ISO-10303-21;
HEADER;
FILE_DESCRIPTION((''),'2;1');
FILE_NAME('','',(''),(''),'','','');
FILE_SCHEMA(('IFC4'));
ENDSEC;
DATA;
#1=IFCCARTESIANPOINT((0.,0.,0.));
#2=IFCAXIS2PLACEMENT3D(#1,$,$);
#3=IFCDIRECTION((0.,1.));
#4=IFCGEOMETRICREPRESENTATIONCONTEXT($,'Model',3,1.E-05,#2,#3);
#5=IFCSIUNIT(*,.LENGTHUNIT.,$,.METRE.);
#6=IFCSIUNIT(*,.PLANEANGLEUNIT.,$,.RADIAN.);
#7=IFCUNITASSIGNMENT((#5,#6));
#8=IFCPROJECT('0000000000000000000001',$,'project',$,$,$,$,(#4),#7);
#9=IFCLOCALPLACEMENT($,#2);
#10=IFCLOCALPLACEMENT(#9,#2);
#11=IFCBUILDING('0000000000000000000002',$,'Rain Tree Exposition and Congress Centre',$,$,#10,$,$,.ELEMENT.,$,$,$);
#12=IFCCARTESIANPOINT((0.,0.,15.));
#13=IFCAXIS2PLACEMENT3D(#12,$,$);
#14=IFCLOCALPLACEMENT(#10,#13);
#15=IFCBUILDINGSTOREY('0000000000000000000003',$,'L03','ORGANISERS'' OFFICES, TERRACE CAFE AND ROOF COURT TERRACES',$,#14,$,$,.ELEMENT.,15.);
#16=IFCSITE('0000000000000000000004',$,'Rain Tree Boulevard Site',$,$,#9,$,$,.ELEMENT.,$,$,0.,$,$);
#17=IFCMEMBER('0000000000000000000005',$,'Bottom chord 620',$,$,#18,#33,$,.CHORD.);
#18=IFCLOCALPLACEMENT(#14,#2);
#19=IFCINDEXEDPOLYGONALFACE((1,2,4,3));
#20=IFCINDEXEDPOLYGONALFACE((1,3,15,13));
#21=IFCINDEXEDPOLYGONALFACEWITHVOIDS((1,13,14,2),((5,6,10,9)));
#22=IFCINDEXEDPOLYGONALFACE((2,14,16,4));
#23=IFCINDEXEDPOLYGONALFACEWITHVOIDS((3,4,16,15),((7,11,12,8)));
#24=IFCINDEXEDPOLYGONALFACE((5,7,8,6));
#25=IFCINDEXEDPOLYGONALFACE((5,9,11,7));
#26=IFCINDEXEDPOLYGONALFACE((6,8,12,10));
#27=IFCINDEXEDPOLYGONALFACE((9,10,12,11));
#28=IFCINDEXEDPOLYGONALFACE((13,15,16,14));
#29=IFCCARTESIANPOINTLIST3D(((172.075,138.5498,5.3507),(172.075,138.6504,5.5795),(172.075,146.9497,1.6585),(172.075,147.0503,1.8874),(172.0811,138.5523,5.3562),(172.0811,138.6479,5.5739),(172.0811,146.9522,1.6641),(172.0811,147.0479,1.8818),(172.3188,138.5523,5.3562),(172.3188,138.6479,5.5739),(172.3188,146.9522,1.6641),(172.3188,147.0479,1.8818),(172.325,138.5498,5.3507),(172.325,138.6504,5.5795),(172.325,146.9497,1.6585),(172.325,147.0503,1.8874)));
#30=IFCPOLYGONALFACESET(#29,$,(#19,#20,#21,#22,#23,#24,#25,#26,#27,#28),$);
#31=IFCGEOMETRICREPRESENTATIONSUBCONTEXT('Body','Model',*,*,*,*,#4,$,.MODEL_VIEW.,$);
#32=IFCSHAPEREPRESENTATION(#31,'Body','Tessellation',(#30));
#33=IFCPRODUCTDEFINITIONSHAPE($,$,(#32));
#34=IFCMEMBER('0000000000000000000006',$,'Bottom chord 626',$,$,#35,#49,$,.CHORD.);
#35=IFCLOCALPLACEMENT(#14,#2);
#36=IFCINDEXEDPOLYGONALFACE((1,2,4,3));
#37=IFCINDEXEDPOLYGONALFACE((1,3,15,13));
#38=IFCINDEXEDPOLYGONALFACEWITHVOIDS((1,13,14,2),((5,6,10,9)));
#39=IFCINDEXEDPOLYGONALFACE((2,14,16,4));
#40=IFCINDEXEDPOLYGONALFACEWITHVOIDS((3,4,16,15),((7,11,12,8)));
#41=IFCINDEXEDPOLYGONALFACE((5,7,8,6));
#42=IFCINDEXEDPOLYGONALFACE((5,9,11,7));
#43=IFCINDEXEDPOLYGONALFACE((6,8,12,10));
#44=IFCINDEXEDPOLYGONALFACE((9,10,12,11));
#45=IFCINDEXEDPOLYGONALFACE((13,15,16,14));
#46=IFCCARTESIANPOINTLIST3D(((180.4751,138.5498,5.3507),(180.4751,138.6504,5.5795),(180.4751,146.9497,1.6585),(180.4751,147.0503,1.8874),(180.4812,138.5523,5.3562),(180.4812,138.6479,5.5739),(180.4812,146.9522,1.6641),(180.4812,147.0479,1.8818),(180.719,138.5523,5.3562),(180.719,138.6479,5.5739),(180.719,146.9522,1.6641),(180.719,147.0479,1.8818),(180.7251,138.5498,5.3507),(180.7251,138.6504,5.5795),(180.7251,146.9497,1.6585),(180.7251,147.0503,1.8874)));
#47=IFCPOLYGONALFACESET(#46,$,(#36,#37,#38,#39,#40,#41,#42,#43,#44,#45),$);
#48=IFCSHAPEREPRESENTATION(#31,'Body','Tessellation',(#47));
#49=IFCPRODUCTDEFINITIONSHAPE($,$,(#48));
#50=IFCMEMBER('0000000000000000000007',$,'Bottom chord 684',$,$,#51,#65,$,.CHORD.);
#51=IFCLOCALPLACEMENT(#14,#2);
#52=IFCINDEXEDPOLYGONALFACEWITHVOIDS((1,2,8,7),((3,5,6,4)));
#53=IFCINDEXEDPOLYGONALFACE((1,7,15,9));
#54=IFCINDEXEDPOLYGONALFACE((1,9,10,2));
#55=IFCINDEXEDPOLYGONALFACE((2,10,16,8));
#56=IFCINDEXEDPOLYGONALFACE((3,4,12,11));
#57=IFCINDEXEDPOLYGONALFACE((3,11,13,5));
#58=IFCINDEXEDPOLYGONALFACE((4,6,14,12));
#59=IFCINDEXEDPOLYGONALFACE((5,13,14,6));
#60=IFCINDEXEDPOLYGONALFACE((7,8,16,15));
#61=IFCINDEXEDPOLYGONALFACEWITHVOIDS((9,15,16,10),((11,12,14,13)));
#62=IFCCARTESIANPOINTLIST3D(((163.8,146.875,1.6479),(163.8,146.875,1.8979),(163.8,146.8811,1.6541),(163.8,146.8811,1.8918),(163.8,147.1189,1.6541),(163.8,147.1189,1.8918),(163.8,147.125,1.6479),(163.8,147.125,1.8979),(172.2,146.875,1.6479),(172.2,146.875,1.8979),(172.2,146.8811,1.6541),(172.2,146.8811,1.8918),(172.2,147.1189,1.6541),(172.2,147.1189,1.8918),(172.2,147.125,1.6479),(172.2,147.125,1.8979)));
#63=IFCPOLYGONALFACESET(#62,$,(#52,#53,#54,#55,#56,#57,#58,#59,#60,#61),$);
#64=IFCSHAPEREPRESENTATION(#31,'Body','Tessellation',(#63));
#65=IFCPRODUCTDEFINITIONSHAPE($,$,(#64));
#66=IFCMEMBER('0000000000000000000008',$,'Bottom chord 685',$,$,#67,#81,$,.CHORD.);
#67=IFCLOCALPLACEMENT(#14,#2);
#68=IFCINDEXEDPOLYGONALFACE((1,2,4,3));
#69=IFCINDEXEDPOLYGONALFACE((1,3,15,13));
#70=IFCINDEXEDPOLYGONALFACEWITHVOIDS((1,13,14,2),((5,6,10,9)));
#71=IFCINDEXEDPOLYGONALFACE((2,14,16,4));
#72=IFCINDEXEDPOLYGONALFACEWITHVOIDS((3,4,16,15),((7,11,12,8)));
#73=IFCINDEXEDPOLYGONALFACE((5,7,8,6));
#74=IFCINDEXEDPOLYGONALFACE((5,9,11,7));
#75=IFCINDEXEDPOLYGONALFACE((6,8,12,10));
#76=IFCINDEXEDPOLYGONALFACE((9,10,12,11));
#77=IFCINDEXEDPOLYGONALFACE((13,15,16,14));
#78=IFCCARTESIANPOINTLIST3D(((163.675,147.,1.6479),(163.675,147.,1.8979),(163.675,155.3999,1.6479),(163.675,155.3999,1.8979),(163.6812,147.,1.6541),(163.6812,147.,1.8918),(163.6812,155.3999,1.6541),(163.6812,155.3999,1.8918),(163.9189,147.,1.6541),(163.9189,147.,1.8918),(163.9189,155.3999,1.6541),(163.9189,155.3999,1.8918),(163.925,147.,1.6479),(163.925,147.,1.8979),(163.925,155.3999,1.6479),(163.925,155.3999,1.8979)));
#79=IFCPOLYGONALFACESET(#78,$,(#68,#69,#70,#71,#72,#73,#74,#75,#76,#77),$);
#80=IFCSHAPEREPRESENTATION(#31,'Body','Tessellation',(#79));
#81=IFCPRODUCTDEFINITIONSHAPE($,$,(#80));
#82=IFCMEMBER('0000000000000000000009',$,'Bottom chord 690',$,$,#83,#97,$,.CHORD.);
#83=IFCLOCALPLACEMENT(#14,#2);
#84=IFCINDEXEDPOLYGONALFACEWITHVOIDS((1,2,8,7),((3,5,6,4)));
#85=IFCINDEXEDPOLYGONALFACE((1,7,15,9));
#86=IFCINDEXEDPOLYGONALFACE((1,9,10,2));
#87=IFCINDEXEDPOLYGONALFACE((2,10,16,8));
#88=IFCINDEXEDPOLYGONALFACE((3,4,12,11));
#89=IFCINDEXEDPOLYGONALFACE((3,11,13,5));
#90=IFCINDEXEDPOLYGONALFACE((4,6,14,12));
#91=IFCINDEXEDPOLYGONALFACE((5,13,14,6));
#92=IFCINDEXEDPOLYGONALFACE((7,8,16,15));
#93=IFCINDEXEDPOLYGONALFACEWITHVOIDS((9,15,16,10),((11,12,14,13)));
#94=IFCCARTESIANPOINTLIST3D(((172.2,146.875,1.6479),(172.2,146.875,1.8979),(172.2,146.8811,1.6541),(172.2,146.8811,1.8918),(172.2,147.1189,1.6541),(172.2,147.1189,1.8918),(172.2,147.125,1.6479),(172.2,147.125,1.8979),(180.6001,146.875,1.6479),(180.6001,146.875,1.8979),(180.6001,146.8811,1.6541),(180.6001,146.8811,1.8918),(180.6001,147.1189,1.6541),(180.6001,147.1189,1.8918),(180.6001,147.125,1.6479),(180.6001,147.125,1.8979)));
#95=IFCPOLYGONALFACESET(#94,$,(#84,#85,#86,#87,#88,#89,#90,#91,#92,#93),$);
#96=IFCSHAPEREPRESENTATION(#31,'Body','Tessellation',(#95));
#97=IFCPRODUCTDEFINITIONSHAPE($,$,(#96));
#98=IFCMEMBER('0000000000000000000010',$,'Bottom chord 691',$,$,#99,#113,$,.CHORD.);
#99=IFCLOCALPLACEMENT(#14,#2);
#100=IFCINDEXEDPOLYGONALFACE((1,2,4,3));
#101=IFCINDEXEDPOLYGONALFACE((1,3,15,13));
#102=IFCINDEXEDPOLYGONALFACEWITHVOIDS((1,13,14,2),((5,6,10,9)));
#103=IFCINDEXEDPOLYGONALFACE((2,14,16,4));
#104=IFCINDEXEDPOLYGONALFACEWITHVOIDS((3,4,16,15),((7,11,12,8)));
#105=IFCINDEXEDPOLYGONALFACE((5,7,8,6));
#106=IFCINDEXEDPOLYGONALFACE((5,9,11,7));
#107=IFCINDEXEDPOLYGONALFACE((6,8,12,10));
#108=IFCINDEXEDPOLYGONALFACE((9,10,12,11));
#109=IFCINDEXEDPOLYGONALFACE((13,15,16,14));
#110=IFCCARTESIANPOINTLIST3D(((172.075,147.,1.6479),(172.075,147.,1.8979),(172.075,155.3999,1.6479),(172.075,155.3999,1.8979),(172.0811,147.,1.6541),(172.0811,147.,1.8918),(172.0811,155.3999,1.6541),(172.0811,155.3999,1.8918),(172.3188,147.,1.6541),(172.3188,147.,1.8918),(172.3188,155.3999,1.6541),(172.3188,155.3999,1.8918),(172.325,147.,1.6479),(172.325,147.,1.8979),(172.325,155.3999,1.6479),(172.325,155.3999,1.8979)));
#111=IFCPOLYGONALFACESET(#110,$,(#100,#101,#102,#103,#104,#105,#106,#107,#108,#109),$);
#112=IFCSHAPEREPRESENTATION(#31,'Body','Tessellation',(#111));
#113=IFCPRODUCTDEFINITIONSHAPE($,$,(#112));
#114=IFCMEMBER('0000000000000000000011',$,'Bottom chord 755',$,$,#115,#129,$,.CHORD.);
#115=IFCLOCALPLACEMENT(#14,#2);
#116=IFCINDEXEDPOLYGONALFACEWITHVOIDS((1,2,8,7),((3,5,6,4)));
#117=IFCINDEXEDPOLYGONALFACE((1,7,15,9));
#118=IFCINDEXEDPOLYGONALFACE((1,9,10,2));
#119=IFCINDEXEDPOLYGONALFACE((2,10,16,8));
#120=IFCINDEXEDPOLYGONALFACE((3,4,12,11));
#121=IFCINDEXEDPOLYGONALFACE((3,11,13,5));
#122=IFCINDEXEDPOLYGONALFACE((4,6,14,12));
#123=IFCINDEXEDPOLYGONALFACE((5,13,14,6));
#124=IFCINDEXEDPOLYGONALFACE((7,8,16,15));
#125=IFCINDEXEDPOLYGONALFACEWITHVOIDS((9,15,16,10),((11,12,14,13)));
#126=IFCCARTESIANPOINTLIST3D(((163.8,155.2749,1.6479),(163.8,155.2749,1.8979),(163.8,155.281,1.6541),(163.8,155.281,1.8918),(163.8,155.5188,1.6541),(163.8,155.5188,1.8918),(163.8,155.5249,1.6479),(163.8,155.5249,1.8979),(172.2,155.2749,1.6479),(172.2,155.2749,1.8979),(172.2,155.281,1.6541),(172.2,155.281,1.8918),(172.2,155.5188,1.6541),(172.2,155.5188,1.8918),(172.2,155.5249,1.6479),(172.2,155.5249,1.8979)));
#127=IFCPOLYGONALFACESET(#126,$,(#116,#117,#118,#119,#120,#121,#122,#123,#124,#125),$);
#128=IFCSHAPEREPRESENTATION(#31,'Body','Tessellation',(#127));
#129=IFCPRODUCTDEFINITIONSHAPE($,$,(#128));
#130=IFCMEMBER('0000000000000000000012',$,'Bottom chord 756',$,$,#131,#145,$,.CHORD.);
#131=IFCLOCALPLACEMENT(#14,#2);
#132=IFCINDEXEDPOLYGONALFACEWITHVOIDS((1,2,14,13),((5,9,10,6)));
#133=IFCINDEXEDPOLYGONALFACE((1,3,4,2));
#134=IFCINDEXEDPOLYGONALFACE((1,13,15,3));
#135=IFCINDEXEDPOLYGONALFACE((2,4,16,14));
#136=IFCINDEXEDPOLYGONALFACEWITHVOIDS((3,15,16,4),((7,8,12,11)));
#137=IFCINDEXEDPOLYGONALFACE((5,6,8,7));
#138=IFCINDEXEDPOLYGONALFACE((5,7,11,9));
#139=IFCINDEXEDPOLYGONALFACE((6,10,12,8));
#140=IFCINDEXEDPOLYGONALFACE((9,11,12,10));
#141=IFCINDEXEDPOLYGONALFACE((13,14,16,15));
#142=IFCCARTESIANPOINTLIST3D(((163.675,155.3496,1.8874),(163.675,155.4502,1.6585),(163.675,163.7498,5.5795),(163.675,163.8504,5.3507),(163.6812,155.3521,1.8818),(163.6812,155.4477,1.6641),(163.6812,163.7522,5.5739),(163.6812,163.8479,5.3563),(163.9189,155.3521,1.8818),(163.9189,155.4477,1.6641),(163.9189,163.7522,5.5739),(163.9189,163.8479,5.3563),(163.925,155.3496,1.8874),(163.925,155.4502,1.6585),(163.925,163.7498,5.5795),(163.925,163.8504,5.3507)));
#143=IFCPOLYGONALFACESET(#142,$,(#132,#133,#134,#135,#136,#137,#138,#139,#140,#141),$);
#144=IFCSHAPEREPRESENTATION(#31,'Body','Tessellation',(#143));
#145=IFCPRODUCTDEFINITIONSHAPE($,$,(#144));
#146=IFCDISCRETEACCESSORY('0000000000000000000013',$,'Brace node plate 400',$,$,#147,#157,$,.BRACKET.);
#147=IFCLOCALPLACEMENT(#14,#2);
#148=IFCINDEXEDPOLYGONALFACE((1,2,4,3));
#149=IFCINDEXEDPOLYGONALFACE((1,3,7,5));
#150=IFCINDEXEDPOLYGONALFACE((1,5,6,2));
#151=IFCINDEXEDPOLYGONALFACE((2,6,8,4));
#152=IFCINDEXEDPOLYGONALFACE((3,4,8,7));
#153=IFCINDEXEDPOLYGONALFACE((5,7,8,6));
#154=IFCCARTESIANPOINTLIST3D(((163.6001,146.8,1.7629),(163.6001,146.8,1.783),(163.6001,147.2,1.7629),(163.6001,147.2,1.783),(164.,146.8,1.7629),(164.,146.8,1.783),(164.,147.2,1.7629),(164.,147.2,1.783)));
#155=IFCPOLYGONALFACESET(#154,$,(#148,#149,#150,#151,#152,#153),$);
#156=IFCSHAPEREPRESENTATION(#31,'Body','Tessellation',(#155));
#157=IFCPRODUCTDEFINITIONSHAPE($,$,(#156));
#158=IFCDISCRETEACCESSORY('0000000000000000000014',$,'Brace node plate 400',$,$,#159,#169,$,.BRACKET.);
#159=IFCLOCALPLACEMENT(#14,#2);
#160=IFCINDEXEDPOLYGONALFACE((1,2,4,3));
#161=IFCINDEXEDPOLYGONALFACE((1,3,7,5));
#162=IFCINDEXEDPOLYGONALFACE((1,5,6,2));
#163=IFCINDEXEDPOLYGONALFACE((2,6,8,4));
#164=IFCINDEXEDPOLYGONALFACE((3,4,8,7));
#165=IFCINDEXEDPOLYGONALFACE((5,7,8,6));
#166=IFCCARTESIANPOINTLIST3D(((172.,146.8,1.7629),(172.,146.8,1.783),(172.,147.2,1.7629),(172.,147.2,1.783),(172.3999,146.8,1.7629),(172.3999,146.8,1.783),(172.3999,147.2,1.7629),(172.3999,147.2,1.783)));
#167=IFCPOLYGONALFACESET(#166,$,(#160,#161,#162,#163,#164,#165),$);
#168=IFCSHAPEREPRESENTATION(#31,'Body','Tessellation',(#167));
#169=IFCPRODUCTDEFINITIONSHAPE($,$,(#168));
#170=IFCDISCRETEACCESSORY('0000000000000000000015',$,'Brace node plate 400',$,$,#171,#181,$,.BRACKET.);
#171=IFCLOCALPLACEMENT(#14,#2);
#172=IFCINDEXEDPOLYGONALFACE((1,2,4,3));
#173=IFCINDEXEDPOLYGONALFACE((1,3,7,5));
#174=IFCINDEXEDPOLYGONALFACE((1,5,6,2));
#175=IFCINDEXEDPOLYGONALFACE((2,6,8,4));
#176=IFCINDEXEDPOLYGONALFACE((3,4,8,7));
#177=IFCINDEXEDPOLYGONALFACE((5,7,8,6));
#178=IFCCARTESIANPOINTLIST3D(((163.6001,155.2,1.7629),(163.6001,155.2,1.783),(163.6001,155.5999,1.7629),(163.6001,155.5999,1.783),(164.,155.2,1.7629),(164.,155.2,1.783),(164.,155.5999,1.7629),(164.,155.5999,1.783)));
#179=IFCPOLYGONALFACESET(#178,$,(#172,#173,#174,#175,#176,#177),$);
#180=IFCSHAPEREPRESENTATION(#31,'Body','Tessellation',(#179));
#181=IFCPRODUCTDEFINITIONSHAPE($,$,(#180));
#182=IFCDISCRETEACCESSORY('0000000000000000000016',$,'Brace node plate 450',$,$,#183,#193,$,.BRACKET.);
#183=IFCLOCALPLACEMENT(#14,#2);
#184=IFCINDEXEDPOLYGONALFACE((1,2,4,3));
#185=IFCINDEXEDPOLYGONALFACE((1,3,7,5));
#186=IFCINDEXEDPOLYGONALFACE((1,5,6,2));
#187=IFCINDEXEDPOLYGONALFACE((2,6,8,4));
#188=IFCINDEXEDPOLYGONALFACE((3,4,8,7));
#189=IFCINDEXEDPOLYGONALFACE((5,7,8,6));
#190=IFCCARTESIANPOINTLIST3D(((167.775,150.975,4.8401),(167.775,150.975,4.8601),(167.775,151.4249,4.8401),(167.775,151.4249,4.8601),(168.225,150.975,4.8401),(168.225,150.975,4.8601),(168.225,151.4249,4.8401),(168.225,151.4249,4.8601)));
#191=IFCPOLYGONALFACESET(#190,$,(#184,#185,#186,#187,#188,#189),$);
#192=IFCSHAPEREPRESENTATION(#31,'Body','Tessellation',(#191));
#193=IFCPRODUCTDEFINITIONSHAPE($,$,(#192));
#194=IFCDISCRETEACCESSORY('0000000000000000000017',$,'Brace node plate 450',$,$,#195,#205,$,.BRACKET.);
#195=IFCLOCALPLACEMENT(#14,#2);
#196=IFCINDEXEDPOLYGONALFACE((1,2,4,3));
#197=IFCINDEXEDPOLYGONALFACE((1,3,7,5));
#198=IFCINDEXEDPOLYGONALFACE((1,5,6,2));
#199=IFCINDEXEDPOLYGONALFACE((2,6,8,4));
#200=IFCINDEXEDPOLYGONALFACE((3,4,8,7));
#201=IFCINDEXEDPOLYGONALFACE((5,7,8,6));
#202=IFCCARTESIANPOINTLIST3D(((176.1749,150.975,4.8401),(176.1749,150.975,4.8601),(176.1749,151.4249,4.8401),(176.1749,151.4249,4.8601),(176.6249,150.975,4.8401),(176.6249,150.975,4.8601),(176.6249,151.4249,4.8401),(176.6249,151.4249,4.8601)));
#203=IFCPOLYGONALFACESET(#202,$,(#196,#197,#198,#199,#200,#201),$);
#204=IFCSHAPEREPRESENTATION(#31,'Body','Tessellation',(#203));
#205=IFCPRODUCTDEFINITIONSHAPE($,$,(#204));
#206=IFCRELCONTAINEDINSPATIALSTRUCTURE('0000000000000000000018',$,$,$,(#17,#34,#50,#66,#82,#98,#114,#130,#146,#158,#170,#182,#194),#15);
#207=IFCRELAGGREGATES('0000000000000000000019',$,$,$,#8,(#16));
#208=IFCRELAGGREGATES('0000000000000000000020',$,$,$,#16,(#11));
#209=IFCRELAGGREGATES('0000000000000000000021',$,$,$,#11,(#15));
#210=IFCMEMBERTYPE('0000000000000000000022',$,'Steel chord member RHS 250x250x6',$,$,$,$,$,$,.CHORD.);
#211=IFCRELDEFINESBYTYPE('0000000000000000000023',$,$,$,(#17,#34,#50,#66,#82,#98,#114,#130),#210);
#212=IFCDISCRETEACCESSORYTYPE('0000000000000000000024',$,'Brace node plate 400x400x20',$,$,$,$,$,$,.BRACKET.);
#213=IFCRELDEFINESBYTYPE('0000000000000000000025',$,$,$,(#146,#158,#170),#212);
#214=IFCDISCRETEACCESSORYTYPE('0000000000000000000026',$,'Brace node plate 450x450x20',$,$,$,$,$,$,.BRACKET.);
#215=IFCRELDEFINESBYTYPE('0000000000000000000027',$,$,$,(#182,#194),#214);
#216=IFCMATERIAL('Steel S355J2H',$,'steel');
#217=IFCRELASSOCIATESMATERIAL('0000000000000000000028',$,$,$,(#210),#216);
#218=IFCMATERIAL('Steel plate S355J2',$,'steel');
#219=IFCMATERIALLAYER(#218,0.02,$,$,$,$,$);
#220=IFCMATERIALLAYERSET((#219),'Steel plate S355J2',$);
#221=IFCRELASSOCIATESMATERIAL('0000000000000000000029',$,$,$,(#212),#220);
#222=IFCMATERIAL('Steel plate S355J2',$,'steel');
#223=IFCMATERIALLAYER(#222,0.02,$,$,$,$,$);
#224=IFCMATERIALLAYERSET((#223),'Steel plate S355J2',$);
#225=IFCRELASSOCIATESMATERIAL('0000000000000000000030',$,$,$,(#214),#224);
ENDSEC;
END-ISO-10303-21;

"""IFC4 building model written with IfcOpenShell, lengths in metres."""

from ifc_helpers import new_model, si_unit, direction, frame, origin, origin_2d, place, context, subcontext, project, spatial, rectangle, hollow_rectangle, extrude, material, layer, layer_set, material_profile, profile_set, type_object, element, save


model = new_model("IFC4")

# Units and contexts
model_context = context("Model", 3, precision=1e-05, world=origin(), true_north=direction((0.0, 1.0)))
body_context = subcontext(model_context, "Body", "Model", "MODEL_VIEW")
ifc_project = project(units=[si_unit("LENGTHUNIT", "METRE"), si_unit("PLANEANGLEUNIT", "RADIAN")], contexts=[model_context])

# Site, building, storey
site_placement = place(None, origin())
site = spatial("IfcSite", under=ifc_project, at=site_placement, Name="Rain Tree Boulevard Site", CompositionType="ELEMENT", RefElevation=0.0)
building_placement = place(site_placement, origin())
building = spatial("IfcBuilding", under=site, at=building_placement, Name="Rain Tree Exposition and Congress Centre", CompositionType="ELEMENT")
storey_placement = place(building_placement, frame((0.0, 0.0, 15.0)))
storey = spatial("IfcBuildingStorey", under=building, at=storey_placement, Name="L03", Description="ORGANISERS' OFFICES, TERRACE CAFE AND ROOF COURT TERRACES", CompositionType="ELEMENT", Elevation=15.0)

# Members
ifc_material_1 = material(Name="Steel S355J2H", Category="steel")
ifc_material_profile_1 = material_profile(ifc_material_1, hollow_rectangle(XDim=0.25, YDim=0.25, WallThickness=0.0061, at=origin_2d()), Name="RHS 250x250x6")
ifc_profile_set_1 = profile_set([ifc_material_profile_1], Name="Steel S355J2H")
member_type_1 = type_object("IfcMemberType", Name="Steel chord member RHS 250x250x6", PredefinedType="CHORD", material=ifc_profile_set_1)
for number, where, z_axis, x_axis, name in (
    (1, (172.2, 138.6001, 5.4651), (0.0, 0.915468, -0.40239), (-1.0, 0.0, 0.0), "Bottom chord 620"),
    (2, (180.6001, 138.6001, 5.4651), (0.0, 0.915468, -0.40239), (-1.0, 0.0, 0.0), "Bottom chord 626"),
):
    element("IfcMember", number, at=place(storey_placement, frame(where, z_axis=z_axis, x_axis=x_axis)), inside=storey, type_object=member_type_1, Name=name, PredefinedType="CHORD", context=body_context, shape_type="SweptSolid", body=[
        extrude(hollow_rectangle(XDim=0.25, YDim=0.25, WallThickness=0.0061, at=origin_2d()), origin(), (0.0, 0.0, 1.0), 9.1755),
    ])
for number, where, z_axis, x_axis, name in (
    (3, (163.8, 147.0, 1.7729), (1.0, 0.0, 0.0), (0.0, 1.0, 0.0), "Bottom chord 684"),
    (4, (163.8, 147.0, 1.7729), (0.0, 1.0, 0.0), (-1.0, 0.0, 0.0), "Bottom chord 685"),
):
    element("IfcMember", number, at=place(storey_placement, frame(where, z_axis=z_axis, x_axis=x_axis)), inside=storey, type_object=member_type_1, Name=name, PredefinedType="CHORD", context=body_context, shape_type="SweptSolid", body=[
        extrude(hollow_rectangle(XDim=0.25, YDim=0.25, WallThickness=0.0061, at=origin_2d()), origin(), (0.0, 0.0, 1.0), 8.3999),
    ])
member_1_placement = place(storey_placement, frame((172.2, 147.0, 1.7729), z_axis=(1.0, 0.0, 0.0), x_axis=(0.0, 1.0, 0.0)))
element("IfcMember", 5, at=member_1_placement, inside=storey, type_object=member_type_1, Name="Bottom chord 690", PredefinedType="CHORD", context=body_context, shape_type="SweptSolid", body=[
    extrude(hollow_rectangle(XDim=0.25, YDim=0.25, WallThickness=0.0061, at=origin_2d()), origin(), (0.0, 0.0, 1.0), 8.4001),
])
for number, where, z_axis, x_axis, name in (
    (6, (172.2, 147.0, 1.7729), (0.0, 1.0, 0.0), (-1.0, 0.0, 0.0), "Bottom chord 691"),
    (7, (163.8, 155.3999, 1.7729), (1.0, 0.0, 0.0), (0.0, 1.0, 0.0), "Bottom chord 755"),
):
    element("IfcMember", number, at=place(storey_placement, frame(where, z_axis=z_axis, x_axis=x_axis)), inside=storey, type_object=member_type_1, Name=name, PredefinedType="CHORD", context=body_context, shape_type="SweptSolid", body=[
        extrude(hollow_rectangle(XDim=0.25, YDim=0.25, WallThickness=0.0061, at=origin_2d()), origin(), (0.0, 0.0, 1.0), 8.3999),
    ])
member_2_placement = place(storey_placement, frame((163.8, 155.3999, 1.7729), z_axis=(0.0, 0.915473, 0.40238), x_axis=(-1.0, 0.0, 0.0)))
element("IfcMember", 8, at=member_2_placement, inside=storey, type_object=member_type_1, Name="Bottom chord 756", PredefinedType="CHORD", context=body_context, shape_type="SweptSolid", body=[
    extrude(hollow_rectangle(XDim=0.25, YDim=0.25, WallThickness=0.0061, at=origin_2d()), origin(), (0.0, 0.0, 1.0), 9.1758),
])

# Discrete accessories
ifc_material_2 = material(Name="Steel plate S355J2", Category="steel")
ifc_layer_1 = layer(ifc_material_2, 0.02)
ifc_layer_set_1 = layer_set([ifc_layer_1], Name="Steel plate S355J2")
discrete_accessory_type_1 = type_object("IfcDiscreteAccessoryType", Name="Brace node plate 400x400x20", PredefinedType="BRACKET", material=ifc_layer_set_1)
for number, where, z_axis, x_axis, name in (
    (9, (163.8, 147.0, 1.7629), (0.0, 0.0, 1.0), (1.0, 0.0, 0.0), "Brace node plate 400"),
    (10, (172.2, 147.0, 1.7629), (0.0, 0.0, 1.0), (1.0, 0.0, 0.0), "Brace node plate 400"),
    (11, (163.8, 155.3999, 1.7629), (0.0, 0.0, 1.0), (1.0, 0.0, 0.0), "Brace node plate 400"),
):
    element("IfcDiscreteAccessory", number, at=place(storey_placement, frame(where, z_axis=z_axis, x_axis=x_axis)), inside=storey, type_object=discrete_accessory_type_1, Name=name, PredefinedType="BRACKET", context=body_context, shape_type="SweptSolid", body=[
        extrude(rectangle(XDim=0.3999, YDim=0.3999, at=origin_2d()), origin(), (0.0, 0.0, 1.0), 0.02),
    ])
ifc_material_3 = material(Name="Steel plate S355J2", Category="steel")
ifc_layer_2 = layer(ifc_material_3, 0.02)
ifc_layer_set_2 = layer_set([ifc_layer_2], Name="Steel plate S355J2")
discrete_accessory_type_2 = type_object("IfcDiscreteAccessoryType", Name="Brace node plate 450x450x20", PredefinedType="BRACKET", material=ifc_layer_set_2)
for number, where, z_axis, x_axis, name in (
    (12, (168.0, 151.2, 4.8401), (0.0, 0.0, 1.0), (1.0, 0.0, 0.0), "Brace node plate 450"),
    (13, (176.3999, 151.2, 4.8401), (0.0, 0.0, 1.0), (1.0, 0.0, 0.0), "Brace node plate 450"),
):
    element("IfcDiscreteAccessory", number, at=place(storey_placement, frame(where, z_axis=z_axis, x_axis=x_axis)), inside=storey, type_object=discrete_accessory_type_2, Name=name, PredefinedType="BRACKET", context=body_context, shape_type="SweptSolid", body=[
        extrude(rectangle(XDim=0.45, YDim=0.45, at=origin_2d()), origin(), (0.0, 0.0, 1.0), 0.02),
    ])

save(model, "model.ifc")
